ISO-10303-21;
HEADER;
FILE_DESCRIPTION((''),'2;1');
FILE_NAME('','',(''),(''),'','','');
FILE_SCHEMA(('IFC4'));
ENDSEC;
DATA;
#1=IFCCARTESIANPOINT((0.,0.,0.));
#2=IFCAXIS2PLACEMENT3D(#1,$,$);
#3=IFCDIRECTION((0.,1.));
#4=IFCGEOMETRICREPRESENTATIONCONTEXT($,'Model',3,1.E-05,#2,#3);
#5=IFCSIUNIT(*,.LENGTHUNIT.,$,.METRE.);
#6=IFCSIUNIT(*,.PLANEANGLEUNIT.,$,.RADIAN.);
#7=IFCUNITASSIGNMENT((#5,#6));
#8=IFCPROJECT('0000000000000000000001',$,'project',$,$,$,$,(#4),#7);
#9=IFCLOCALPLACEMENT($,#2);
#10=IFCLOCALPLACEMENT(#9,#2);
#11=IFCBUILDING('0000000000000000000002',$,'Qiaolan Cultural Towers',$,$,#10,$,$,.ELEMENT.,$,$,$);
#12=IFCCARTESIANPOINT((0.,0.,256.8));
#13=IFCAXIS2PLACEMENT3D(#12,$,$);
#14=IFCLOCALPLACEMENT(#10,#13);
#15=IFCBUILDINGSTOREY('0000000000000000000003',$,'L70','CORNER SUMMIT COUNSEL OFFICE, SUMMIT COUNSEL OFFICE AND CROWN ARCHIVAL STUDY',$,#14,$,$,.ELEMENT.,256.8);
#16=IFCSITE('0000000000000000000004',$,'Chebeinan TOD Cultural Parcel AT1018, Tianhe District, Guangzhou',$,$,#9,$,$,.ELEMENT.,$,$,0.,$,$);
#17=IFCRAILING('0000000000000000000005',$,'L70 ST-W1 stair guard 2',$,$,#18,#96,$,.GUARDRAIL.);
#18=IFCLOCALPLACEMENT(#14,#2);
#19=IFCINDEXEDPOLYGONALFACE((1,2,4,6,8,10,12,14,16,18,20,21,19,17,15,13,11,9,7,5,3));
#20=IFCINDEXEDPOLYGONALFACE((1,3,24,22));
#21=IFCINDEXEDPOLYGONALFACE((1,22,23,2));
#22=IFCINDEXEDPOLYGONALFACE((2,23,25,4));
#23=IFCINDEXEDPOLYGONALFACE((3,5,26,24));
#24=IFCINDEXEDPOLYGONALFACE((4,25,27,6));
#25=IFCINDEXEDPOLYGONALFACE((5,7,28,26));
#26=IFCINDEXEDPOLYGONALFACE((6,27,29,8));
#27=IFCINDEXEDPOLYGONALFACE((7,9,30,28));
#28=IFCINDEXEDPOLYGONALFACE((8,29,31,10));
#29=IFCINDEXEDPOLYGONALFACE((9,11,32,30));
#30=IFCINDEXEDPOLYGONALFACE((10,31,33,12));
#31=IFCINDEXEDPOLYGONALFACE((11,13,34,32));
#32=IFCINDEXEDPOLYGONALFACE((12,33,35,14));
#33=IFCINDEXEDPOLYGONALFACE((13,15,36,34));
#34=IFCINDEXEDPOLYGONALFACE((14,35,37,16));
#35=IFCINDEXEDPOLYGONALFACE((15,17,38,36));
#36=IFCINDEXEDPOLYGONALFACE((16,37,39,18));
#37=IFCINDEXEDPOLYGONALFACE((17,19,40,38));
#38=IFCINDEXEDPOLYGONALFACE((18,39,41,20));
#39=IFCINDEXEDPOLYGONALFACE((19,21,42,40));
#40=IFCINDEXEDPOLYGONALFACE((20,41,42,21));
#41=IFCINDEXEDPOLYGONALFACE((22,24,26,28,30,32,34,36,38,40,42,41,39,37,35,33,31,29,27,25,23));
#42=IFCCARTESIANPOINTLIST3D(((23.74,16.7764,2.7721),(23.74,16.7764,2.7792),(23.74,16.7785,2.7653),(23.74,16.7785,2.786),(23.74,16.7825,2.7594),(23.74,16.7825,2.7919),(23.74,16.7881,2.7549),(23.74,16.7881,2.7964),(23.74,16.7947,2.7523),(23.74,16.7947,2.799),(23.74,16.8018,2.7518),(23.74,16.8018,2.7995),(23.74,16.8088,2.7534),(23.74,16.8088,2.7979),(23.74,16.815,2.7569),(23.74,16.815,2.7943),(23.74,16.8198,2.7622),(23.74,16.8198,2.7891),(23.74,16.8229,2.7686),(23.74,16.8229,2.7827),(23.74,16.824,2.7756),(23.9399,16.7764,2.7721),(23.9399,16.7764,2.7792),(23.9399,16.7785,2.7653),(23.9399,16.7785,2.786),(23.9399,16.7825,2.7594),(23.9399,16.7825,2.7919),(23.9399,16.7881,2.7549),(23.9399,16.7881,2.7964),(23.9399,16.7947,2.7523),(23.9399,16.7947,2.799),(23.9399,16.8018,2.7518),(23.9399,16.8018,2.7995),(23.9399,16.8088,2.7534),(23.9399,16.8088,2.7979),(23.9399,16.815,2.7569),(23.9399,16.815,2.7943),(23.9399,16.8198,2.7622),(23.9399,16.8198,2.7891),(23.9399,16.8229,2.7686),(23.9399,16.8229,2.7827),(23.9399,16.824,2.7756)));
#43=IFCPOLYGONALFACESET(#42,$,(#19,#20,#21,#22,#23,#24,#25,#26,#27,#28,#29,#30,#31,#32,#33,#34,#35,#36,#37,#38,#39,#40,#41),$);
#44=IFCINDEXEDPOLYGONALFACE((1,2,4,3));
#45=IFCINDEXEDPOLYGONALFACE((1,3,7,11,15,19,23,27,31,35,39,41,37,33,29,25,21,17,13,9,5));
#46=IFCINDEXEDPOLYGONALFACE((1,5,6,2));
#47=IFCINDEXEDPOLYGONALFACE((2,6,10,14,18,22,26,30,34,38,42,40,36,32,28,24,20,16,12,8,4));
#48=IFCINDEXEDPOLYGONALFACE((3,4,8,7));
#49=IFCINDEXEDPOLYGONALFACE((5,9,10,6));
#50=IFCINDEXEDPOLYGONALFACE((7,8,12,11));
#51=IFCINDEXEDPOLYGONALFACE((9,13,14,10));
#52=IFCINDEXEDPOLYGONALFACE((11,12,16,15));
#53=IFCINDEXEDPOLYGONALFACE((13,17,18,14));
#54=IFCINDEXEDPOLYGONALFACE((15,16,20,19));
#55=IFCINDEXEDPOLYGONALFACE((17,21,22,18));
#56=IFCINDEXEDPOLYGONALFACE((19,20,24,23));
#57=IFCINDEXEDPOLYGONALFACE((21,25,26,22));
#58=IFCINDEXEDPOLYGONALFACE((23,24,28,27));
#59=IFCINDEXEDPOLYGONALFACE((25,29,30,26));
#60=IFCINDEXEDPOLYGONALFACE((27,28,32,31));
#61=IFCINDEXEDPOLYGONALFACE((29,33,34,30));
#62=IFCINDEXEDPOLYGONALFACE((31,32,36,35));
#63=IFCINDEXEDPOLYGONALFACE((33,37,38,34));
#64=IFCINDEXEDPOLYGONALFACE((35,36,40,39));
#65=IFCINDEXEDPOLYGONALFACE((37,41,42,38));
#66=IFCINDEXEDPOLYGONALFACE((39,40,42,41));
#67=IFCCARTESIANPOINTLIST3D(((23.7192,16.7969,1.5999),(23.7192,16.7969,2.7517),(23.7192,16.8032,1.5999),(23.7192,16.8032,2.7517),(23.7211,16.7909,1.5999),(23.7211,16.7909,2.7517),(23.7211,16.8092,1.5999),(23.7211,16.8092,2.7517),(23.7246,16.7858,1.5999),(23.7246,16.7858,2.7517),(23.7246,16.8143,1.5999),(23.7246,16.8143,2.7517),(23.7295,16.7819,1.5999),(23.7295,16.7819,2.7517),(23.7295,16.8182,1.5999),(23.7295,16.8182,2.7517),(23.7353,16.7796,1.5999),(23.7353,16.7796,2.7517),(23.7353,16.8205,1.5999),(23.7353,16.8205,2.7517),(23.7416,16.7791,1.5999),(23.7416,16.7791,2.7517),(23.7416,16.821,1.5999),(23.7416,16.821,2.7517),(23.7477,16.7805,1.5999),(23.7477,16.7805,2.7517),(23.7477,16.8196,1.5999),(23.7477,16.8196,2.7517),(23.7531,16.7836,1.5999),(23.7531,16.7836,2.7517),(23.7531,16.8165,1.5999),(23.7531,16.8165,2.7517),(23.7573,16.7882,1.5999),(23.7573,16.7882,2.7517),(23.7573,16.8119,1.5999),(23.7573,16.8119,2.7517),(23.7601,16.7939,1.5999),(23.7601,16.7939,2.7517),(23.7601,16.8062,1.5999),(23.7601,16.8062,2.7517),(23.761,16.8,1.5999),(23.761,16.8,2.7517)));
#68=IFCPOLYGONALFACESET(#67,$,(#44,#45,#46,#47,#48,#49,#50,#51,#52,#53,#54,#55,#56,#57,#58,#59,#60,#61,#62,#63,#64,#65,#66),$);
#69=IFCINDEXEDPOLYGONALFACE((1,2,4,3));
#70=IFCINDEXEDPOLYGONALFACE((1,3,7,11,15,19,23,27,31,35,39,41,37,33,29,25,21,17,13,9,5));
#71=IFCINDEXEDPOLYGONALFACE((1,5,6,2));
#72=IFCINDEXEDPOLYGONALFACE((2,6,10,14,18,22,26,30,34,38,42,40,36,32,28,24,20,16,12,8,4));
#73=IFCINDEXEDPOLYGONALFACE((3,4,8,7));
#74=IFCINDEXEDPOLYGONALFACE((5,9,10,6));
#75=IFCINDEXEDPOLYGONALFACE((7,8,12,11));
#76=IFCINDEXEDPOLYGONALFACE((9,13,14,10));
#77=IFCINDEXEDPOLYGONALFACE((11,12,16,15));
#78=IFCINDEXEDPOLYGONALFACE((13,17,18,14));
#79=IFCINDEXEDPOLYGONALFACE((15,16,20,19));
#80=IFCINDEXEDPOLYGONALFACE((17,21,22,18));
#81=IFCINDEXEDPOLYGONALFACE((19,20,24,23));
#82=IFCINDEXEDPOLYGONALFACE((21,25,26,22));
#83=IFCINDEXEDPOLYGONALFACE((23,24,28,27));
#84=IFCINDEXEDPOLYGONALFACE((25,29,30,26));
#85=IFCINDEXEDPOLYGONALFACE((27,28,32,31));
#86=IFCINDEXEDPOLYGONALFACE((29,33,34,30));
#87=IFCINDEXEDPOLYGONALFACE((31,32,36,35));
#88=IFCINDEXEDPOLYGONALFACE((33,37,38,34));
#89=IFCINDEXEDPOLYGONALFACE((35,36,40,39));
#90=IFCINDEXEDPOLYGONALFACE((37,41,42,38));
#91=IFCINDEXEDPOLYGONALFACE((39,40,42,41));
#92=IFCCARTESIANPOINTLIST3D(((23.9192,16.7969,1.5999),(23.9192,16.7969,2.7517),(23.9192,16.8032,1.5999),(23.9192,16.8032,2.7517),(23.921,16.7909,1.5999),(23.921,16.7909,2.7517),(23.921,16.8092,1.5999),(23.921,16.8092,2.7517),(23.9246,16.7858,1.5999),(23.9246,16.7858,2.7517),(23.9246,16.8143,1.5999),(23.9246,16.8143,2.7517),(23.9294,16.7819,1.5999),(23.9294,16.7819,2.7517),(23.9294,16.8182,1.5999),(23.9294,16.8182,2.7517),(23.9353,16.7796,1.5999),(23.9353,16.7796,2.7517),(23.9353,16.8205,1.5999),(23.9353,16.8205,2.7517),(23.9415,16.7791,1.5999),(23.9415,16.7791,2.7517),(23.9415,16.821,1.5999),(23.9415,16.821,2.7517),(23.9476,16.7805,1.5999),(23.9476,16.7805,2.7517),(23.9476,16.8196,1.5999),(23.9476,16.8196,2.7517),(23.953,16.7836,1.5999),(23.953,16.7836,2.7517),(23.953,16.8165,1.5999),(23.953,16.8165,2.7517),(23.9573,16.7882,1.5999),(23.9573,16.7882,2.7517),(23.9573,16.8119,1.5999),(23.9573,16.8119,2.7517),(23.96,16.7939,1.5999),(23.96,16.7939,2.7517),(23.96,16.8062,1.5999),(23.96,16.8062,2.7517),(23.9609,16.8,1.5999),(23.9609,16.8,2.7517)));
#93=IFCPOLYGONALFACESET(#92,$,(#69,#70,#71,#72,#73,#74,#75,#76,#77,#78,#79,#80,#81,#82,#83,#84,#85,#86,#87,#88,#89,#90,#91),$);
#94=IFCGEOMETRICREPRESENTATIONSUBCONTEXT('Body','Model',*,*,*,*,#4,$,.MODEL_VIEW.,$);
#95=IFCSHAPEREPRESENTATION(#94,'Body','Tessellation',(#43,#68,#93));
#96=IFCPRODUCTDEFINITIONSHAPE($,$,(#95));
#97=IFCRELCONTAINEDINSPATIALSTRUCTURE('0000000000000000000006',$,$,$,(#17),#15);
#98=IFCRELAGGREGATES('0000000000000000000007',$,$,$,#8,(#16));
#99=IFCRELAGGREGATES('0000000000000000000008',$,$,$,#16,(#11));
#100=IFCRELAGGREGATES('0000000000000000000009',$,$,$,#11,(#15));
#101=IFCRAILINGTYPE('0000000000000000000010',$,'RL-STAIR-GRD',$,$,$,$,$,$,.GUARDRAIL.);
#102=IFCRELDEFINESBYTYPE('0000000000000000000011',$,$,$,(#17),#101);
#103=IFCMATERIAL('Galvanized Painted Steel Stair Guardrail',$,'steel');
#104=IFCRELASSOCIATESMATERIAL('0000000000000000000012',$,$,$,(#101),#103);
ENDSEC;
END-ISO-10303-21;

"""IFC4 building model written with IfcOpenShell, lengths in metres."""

from ifc_helpers import new_model, si_unit, direction, frame, origin, origin_2d, place, context, subcontext, project, spatial, circle, extrude, material, type_object, element, save


model = new_model("IFC4")

# Units and contexts
model_context = context("Model", 3, precision=1e-05, world=origin(), true_north=direction((0.0, 1.0)))
body_context = subcontext(model_context, "Body", "Model", "MODEL_VIEW")
ifc_project = project(units=[si_unit("LENGTHUNIT", "METRE"), si_unit("PLANEANGLEUNIT", "RADIAN")], contexts=[model_context])

# Site, building, storey
site_placement = place(None, origin())
site = spatial("IfcSite", under=ifc_project, at=site_placement, Name="Chebeinan TOD Cultural Parcel AT1018, Tianhe District, Guangzhou", CompositionType="ELEMENT", RefElevation=0.0)
building_placement = place(site_placement, origin())
building = spatial("IfcBuilding", under=site, at=building_placement, Name="Qiaolan Cultural Towers", CompositionType="ELEMENT")
storey_placement = place(building_placement, frame((0.0, 0.0, 256.8)))
storey = spatial("IfcBuildingStorey", under=building, at=storey_placement, Name="L70", Description="CORNER SUMMIT COUNSEL OFFICE, SUMMIT COUNSEL OFFICE AND CROWN ARCHIVAL STUDY", CompositionType="ELEMENT", Elevation=256.8)

# Railing
ifc_material_1 = material(Name="Galvanized Painted Steel Stair Guardrail", Category="steel")
railing_type_1 = type_object("IfcRailingType", Name="RL-STAIR-GRD", PredefinedType="GUARDRAIL", material=ifc_material_1)
railing_1_placement = place(storey_placement, frame((23.74, 16.8, 1.5999)))
element("IfcRailing", 1, at=railing_1_placement, inside=storey, type_object=railing_type_1, Name="L70 ST-W1 stair guard 2", PredefinedType="GUARDRAIL", context=body_context, shape_type="SweptSolid", body=[
    extrude(circle(Radius=0.0239, at=origin_2d()), frame((0.0, 0.0, 1.1758), z_axis=(1.0, 0.0, 0.0), x_axis=(0.0, 1.0, 0.0)), (0.0, 0.0, 1.0), 0.2),
    extrude(circle(Radius=0.021, at=origin_2d()), origin(), (0.0, 0.0, 1.0), 1.1519),
    extrude(circle(Radius=0.021, at=origin_2d()), frame((0.2, 0.0, 0.0)), (0.0, 0.0, 1.0), 1.1519),
])

save(model, "model.ifc")
